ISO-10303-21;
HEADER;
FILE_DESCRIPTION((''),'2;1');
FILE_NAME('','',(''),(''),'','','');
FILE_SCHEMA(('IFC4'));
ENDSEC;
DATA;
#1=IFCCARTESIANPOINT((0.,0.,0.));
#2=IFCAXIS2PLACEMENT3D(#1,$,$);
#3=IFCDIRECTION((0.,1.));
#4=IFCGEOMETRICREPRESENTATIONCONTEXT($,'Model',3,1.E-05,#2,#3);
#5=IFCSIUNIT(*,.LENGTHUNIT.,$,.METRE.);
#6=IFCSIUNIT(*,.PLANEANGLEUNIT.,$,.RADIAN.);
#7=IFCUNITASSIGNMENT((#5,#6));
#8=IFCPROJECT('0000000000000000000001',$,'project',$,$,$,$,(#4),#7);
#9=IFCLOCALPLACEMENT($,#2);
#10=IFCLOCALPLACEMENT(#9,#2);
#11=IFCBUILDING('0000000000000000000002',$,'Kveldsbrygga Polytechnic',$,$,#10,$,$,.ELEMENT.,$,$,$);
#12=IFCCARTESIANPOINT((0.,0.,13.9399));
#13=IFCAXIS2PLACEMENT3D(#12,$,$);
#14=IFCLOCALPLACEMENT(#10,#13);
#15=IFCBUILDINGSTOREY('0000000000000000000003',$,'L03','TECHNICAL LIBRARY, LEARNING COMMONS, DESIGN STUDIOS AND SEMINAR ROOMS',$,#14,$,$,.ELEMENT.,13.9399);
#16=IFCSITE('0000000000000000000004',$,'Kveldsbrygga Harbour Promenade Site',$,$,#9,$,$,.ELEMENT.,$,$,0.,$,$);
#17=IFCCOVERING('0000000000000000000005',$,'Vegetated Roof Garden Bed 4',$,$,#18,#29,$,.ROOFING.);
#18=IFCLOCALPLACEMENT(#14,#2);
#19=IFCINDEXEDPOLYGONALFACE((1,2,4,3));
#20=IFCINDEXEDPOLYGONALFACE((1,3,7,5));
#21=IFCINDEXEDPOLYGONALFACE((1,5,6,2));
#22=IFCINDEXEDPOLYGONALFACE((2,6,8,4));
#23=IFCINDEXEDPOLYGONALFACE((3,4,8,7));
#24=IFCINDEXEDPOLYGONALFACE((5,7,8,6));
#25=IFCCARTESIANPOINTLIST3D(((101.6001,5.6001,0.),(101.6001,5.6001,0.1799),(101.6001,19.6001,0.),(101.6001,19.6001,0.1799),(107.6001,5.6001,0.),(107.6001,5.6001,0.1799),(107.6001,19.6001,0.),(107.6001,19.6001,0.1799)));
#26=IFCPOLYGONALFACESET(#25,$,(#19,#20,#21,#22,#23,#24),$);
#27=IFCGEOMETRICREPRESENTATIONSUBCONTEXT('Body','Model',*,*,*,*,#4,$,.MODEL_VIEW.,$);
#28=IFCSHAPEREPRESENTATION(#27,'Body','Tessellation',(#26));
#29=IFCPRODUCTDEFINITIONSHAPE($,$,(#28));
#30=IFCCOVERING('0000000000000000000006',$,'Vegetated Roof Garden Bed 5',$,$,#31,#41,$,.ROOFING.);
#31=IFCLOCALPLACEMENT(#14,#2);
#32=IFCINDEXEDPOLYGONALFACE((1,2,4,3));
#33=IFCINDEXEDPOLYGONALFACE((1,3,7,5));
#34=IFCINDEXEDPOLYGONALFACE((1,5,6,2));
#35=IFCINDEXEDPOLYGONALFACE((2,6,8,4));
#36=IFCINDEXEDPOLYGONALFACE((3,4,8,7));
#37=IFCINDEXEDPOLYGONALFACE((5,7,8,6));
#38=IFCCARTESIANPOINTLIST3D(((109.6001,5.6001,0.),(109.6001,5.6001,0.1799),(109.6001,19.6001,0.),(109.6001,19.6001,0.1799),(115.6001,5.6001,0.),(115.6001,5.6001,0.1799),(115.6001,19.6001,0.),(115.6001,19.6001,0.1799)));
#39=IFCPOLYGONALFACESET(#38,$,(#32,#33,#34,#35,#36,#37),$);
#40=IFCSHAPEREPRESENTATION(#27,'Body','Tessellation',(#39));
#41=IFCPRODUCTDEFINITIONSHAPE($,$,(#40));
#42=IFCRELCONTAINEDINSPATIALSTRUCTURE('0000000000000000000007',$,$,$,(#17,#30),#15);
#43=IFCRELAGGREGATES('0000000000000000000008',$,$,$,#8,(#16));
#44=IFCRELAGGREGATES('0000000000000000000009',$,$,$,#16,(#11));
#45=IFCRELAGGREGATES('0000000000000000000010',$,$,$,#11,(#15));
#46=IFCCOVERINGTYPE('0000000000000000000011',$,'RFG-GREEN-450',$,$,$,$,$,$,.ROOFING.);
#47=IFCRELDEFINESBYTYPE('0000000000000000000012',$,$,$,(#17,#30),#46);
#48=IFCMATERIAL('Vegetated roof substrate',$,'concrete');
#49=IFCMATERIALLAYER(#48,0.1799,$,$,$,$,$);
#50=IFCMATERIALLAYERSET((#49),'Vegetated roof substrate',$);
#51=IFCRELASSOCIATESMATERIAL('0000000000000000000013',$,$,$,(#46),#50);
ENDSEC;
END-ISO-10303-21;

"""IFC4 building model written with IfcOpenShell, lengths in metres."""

from ifc_helpers import new_model, si_unit, direction, frame, origin, origin_2d, place, context, subcontext, project, spatial, rectangle, extrude, material, layer, layer_set, type_object, element, save


model = new_model("IFC4")

# Units and contexts
model_context = context("Model", 3, precision=1e-05, world=origin(), true_north=direction((0.0, 1.0)))
body_context = subcontext(model_context, "Body", "Model", "MODEL_VIEW")
ifc_project = project(units=[si_unit("LENGTHUNIT", "METRE"), si_unit("PLANEANGLEUNIT", "RADIAN")], contexts=[model_context])

# Site, building, storey
site_placement = place(None, origin())
site = spatial("IfcSite", under=ifc_project, at=site_placement, Name="Kveldsbrygga Harbour Promenade Site", CompositionType="ELEMENT", RefElevation=0.0)
building_placement = place(site_placement, origin())
building = spatial("IfcBuilding", under=site, at=building_placement, Name="Kveldsbrygga Polytechnic", CompositionType="ELEMENT")
storey_placement = place(building_placement, frame((0.0, 0.0, 13.9399)))
storey = spatial("IfcBuildingStorey", under=building, at=storey_placement, Name="L03", Description="TECHNICAL LIBRARY, LEARNING COMMONS, DESIGN STUDIOS AND SEMINAR ROOMS", CompositionType="ELEMENT", Elevation=13.9399)

# Coverings
ifc_material_1 = material(Name="Vegetated roof substrate", Category="concrete")
ifc_layer_1 = layer(ifc_material_1, 0.1799)
ifc_layer_set_1 = layer_set([ifc_layer_1], Name="Vegetated roof substrate")
covering_type = type_object("IfcCoveringType", Name="RFG-GREEN-450", PredefinedType="ROOFING", material=ifc_layer_set_1)
for number, where, z_axis, x_axis, name in (
    (1, (104.6001, 12.6001, 0.0), (0.0, 0.0, 1.0), (1.0, 0.0, 0.0), "Vegetated Roof Garden Bed 4"),
    (2, (112.6001, 12.6001, 0.0), (0.0, 0.0, 1.0), (1.0, 0.0, 0.0), "Vegetated Roof Garden Bed 5"),
):
    element("IfcCovering", number, at=place(storey_placement, frame(where, z_axis=z_axis, x_axis=x_axis)), inside=storey, type_object=covering_type, Name=name, PredefinedType="ROOFING", context=body_context, shape_type="SweptSolid", body=[
        extrude(rectangle(XDim=6.0, YDim=14.0, at=origin_2d()), origin(), (0.0, 0.0, 1.0), 0.1799),
    ])

save(model, "model.ifc")
